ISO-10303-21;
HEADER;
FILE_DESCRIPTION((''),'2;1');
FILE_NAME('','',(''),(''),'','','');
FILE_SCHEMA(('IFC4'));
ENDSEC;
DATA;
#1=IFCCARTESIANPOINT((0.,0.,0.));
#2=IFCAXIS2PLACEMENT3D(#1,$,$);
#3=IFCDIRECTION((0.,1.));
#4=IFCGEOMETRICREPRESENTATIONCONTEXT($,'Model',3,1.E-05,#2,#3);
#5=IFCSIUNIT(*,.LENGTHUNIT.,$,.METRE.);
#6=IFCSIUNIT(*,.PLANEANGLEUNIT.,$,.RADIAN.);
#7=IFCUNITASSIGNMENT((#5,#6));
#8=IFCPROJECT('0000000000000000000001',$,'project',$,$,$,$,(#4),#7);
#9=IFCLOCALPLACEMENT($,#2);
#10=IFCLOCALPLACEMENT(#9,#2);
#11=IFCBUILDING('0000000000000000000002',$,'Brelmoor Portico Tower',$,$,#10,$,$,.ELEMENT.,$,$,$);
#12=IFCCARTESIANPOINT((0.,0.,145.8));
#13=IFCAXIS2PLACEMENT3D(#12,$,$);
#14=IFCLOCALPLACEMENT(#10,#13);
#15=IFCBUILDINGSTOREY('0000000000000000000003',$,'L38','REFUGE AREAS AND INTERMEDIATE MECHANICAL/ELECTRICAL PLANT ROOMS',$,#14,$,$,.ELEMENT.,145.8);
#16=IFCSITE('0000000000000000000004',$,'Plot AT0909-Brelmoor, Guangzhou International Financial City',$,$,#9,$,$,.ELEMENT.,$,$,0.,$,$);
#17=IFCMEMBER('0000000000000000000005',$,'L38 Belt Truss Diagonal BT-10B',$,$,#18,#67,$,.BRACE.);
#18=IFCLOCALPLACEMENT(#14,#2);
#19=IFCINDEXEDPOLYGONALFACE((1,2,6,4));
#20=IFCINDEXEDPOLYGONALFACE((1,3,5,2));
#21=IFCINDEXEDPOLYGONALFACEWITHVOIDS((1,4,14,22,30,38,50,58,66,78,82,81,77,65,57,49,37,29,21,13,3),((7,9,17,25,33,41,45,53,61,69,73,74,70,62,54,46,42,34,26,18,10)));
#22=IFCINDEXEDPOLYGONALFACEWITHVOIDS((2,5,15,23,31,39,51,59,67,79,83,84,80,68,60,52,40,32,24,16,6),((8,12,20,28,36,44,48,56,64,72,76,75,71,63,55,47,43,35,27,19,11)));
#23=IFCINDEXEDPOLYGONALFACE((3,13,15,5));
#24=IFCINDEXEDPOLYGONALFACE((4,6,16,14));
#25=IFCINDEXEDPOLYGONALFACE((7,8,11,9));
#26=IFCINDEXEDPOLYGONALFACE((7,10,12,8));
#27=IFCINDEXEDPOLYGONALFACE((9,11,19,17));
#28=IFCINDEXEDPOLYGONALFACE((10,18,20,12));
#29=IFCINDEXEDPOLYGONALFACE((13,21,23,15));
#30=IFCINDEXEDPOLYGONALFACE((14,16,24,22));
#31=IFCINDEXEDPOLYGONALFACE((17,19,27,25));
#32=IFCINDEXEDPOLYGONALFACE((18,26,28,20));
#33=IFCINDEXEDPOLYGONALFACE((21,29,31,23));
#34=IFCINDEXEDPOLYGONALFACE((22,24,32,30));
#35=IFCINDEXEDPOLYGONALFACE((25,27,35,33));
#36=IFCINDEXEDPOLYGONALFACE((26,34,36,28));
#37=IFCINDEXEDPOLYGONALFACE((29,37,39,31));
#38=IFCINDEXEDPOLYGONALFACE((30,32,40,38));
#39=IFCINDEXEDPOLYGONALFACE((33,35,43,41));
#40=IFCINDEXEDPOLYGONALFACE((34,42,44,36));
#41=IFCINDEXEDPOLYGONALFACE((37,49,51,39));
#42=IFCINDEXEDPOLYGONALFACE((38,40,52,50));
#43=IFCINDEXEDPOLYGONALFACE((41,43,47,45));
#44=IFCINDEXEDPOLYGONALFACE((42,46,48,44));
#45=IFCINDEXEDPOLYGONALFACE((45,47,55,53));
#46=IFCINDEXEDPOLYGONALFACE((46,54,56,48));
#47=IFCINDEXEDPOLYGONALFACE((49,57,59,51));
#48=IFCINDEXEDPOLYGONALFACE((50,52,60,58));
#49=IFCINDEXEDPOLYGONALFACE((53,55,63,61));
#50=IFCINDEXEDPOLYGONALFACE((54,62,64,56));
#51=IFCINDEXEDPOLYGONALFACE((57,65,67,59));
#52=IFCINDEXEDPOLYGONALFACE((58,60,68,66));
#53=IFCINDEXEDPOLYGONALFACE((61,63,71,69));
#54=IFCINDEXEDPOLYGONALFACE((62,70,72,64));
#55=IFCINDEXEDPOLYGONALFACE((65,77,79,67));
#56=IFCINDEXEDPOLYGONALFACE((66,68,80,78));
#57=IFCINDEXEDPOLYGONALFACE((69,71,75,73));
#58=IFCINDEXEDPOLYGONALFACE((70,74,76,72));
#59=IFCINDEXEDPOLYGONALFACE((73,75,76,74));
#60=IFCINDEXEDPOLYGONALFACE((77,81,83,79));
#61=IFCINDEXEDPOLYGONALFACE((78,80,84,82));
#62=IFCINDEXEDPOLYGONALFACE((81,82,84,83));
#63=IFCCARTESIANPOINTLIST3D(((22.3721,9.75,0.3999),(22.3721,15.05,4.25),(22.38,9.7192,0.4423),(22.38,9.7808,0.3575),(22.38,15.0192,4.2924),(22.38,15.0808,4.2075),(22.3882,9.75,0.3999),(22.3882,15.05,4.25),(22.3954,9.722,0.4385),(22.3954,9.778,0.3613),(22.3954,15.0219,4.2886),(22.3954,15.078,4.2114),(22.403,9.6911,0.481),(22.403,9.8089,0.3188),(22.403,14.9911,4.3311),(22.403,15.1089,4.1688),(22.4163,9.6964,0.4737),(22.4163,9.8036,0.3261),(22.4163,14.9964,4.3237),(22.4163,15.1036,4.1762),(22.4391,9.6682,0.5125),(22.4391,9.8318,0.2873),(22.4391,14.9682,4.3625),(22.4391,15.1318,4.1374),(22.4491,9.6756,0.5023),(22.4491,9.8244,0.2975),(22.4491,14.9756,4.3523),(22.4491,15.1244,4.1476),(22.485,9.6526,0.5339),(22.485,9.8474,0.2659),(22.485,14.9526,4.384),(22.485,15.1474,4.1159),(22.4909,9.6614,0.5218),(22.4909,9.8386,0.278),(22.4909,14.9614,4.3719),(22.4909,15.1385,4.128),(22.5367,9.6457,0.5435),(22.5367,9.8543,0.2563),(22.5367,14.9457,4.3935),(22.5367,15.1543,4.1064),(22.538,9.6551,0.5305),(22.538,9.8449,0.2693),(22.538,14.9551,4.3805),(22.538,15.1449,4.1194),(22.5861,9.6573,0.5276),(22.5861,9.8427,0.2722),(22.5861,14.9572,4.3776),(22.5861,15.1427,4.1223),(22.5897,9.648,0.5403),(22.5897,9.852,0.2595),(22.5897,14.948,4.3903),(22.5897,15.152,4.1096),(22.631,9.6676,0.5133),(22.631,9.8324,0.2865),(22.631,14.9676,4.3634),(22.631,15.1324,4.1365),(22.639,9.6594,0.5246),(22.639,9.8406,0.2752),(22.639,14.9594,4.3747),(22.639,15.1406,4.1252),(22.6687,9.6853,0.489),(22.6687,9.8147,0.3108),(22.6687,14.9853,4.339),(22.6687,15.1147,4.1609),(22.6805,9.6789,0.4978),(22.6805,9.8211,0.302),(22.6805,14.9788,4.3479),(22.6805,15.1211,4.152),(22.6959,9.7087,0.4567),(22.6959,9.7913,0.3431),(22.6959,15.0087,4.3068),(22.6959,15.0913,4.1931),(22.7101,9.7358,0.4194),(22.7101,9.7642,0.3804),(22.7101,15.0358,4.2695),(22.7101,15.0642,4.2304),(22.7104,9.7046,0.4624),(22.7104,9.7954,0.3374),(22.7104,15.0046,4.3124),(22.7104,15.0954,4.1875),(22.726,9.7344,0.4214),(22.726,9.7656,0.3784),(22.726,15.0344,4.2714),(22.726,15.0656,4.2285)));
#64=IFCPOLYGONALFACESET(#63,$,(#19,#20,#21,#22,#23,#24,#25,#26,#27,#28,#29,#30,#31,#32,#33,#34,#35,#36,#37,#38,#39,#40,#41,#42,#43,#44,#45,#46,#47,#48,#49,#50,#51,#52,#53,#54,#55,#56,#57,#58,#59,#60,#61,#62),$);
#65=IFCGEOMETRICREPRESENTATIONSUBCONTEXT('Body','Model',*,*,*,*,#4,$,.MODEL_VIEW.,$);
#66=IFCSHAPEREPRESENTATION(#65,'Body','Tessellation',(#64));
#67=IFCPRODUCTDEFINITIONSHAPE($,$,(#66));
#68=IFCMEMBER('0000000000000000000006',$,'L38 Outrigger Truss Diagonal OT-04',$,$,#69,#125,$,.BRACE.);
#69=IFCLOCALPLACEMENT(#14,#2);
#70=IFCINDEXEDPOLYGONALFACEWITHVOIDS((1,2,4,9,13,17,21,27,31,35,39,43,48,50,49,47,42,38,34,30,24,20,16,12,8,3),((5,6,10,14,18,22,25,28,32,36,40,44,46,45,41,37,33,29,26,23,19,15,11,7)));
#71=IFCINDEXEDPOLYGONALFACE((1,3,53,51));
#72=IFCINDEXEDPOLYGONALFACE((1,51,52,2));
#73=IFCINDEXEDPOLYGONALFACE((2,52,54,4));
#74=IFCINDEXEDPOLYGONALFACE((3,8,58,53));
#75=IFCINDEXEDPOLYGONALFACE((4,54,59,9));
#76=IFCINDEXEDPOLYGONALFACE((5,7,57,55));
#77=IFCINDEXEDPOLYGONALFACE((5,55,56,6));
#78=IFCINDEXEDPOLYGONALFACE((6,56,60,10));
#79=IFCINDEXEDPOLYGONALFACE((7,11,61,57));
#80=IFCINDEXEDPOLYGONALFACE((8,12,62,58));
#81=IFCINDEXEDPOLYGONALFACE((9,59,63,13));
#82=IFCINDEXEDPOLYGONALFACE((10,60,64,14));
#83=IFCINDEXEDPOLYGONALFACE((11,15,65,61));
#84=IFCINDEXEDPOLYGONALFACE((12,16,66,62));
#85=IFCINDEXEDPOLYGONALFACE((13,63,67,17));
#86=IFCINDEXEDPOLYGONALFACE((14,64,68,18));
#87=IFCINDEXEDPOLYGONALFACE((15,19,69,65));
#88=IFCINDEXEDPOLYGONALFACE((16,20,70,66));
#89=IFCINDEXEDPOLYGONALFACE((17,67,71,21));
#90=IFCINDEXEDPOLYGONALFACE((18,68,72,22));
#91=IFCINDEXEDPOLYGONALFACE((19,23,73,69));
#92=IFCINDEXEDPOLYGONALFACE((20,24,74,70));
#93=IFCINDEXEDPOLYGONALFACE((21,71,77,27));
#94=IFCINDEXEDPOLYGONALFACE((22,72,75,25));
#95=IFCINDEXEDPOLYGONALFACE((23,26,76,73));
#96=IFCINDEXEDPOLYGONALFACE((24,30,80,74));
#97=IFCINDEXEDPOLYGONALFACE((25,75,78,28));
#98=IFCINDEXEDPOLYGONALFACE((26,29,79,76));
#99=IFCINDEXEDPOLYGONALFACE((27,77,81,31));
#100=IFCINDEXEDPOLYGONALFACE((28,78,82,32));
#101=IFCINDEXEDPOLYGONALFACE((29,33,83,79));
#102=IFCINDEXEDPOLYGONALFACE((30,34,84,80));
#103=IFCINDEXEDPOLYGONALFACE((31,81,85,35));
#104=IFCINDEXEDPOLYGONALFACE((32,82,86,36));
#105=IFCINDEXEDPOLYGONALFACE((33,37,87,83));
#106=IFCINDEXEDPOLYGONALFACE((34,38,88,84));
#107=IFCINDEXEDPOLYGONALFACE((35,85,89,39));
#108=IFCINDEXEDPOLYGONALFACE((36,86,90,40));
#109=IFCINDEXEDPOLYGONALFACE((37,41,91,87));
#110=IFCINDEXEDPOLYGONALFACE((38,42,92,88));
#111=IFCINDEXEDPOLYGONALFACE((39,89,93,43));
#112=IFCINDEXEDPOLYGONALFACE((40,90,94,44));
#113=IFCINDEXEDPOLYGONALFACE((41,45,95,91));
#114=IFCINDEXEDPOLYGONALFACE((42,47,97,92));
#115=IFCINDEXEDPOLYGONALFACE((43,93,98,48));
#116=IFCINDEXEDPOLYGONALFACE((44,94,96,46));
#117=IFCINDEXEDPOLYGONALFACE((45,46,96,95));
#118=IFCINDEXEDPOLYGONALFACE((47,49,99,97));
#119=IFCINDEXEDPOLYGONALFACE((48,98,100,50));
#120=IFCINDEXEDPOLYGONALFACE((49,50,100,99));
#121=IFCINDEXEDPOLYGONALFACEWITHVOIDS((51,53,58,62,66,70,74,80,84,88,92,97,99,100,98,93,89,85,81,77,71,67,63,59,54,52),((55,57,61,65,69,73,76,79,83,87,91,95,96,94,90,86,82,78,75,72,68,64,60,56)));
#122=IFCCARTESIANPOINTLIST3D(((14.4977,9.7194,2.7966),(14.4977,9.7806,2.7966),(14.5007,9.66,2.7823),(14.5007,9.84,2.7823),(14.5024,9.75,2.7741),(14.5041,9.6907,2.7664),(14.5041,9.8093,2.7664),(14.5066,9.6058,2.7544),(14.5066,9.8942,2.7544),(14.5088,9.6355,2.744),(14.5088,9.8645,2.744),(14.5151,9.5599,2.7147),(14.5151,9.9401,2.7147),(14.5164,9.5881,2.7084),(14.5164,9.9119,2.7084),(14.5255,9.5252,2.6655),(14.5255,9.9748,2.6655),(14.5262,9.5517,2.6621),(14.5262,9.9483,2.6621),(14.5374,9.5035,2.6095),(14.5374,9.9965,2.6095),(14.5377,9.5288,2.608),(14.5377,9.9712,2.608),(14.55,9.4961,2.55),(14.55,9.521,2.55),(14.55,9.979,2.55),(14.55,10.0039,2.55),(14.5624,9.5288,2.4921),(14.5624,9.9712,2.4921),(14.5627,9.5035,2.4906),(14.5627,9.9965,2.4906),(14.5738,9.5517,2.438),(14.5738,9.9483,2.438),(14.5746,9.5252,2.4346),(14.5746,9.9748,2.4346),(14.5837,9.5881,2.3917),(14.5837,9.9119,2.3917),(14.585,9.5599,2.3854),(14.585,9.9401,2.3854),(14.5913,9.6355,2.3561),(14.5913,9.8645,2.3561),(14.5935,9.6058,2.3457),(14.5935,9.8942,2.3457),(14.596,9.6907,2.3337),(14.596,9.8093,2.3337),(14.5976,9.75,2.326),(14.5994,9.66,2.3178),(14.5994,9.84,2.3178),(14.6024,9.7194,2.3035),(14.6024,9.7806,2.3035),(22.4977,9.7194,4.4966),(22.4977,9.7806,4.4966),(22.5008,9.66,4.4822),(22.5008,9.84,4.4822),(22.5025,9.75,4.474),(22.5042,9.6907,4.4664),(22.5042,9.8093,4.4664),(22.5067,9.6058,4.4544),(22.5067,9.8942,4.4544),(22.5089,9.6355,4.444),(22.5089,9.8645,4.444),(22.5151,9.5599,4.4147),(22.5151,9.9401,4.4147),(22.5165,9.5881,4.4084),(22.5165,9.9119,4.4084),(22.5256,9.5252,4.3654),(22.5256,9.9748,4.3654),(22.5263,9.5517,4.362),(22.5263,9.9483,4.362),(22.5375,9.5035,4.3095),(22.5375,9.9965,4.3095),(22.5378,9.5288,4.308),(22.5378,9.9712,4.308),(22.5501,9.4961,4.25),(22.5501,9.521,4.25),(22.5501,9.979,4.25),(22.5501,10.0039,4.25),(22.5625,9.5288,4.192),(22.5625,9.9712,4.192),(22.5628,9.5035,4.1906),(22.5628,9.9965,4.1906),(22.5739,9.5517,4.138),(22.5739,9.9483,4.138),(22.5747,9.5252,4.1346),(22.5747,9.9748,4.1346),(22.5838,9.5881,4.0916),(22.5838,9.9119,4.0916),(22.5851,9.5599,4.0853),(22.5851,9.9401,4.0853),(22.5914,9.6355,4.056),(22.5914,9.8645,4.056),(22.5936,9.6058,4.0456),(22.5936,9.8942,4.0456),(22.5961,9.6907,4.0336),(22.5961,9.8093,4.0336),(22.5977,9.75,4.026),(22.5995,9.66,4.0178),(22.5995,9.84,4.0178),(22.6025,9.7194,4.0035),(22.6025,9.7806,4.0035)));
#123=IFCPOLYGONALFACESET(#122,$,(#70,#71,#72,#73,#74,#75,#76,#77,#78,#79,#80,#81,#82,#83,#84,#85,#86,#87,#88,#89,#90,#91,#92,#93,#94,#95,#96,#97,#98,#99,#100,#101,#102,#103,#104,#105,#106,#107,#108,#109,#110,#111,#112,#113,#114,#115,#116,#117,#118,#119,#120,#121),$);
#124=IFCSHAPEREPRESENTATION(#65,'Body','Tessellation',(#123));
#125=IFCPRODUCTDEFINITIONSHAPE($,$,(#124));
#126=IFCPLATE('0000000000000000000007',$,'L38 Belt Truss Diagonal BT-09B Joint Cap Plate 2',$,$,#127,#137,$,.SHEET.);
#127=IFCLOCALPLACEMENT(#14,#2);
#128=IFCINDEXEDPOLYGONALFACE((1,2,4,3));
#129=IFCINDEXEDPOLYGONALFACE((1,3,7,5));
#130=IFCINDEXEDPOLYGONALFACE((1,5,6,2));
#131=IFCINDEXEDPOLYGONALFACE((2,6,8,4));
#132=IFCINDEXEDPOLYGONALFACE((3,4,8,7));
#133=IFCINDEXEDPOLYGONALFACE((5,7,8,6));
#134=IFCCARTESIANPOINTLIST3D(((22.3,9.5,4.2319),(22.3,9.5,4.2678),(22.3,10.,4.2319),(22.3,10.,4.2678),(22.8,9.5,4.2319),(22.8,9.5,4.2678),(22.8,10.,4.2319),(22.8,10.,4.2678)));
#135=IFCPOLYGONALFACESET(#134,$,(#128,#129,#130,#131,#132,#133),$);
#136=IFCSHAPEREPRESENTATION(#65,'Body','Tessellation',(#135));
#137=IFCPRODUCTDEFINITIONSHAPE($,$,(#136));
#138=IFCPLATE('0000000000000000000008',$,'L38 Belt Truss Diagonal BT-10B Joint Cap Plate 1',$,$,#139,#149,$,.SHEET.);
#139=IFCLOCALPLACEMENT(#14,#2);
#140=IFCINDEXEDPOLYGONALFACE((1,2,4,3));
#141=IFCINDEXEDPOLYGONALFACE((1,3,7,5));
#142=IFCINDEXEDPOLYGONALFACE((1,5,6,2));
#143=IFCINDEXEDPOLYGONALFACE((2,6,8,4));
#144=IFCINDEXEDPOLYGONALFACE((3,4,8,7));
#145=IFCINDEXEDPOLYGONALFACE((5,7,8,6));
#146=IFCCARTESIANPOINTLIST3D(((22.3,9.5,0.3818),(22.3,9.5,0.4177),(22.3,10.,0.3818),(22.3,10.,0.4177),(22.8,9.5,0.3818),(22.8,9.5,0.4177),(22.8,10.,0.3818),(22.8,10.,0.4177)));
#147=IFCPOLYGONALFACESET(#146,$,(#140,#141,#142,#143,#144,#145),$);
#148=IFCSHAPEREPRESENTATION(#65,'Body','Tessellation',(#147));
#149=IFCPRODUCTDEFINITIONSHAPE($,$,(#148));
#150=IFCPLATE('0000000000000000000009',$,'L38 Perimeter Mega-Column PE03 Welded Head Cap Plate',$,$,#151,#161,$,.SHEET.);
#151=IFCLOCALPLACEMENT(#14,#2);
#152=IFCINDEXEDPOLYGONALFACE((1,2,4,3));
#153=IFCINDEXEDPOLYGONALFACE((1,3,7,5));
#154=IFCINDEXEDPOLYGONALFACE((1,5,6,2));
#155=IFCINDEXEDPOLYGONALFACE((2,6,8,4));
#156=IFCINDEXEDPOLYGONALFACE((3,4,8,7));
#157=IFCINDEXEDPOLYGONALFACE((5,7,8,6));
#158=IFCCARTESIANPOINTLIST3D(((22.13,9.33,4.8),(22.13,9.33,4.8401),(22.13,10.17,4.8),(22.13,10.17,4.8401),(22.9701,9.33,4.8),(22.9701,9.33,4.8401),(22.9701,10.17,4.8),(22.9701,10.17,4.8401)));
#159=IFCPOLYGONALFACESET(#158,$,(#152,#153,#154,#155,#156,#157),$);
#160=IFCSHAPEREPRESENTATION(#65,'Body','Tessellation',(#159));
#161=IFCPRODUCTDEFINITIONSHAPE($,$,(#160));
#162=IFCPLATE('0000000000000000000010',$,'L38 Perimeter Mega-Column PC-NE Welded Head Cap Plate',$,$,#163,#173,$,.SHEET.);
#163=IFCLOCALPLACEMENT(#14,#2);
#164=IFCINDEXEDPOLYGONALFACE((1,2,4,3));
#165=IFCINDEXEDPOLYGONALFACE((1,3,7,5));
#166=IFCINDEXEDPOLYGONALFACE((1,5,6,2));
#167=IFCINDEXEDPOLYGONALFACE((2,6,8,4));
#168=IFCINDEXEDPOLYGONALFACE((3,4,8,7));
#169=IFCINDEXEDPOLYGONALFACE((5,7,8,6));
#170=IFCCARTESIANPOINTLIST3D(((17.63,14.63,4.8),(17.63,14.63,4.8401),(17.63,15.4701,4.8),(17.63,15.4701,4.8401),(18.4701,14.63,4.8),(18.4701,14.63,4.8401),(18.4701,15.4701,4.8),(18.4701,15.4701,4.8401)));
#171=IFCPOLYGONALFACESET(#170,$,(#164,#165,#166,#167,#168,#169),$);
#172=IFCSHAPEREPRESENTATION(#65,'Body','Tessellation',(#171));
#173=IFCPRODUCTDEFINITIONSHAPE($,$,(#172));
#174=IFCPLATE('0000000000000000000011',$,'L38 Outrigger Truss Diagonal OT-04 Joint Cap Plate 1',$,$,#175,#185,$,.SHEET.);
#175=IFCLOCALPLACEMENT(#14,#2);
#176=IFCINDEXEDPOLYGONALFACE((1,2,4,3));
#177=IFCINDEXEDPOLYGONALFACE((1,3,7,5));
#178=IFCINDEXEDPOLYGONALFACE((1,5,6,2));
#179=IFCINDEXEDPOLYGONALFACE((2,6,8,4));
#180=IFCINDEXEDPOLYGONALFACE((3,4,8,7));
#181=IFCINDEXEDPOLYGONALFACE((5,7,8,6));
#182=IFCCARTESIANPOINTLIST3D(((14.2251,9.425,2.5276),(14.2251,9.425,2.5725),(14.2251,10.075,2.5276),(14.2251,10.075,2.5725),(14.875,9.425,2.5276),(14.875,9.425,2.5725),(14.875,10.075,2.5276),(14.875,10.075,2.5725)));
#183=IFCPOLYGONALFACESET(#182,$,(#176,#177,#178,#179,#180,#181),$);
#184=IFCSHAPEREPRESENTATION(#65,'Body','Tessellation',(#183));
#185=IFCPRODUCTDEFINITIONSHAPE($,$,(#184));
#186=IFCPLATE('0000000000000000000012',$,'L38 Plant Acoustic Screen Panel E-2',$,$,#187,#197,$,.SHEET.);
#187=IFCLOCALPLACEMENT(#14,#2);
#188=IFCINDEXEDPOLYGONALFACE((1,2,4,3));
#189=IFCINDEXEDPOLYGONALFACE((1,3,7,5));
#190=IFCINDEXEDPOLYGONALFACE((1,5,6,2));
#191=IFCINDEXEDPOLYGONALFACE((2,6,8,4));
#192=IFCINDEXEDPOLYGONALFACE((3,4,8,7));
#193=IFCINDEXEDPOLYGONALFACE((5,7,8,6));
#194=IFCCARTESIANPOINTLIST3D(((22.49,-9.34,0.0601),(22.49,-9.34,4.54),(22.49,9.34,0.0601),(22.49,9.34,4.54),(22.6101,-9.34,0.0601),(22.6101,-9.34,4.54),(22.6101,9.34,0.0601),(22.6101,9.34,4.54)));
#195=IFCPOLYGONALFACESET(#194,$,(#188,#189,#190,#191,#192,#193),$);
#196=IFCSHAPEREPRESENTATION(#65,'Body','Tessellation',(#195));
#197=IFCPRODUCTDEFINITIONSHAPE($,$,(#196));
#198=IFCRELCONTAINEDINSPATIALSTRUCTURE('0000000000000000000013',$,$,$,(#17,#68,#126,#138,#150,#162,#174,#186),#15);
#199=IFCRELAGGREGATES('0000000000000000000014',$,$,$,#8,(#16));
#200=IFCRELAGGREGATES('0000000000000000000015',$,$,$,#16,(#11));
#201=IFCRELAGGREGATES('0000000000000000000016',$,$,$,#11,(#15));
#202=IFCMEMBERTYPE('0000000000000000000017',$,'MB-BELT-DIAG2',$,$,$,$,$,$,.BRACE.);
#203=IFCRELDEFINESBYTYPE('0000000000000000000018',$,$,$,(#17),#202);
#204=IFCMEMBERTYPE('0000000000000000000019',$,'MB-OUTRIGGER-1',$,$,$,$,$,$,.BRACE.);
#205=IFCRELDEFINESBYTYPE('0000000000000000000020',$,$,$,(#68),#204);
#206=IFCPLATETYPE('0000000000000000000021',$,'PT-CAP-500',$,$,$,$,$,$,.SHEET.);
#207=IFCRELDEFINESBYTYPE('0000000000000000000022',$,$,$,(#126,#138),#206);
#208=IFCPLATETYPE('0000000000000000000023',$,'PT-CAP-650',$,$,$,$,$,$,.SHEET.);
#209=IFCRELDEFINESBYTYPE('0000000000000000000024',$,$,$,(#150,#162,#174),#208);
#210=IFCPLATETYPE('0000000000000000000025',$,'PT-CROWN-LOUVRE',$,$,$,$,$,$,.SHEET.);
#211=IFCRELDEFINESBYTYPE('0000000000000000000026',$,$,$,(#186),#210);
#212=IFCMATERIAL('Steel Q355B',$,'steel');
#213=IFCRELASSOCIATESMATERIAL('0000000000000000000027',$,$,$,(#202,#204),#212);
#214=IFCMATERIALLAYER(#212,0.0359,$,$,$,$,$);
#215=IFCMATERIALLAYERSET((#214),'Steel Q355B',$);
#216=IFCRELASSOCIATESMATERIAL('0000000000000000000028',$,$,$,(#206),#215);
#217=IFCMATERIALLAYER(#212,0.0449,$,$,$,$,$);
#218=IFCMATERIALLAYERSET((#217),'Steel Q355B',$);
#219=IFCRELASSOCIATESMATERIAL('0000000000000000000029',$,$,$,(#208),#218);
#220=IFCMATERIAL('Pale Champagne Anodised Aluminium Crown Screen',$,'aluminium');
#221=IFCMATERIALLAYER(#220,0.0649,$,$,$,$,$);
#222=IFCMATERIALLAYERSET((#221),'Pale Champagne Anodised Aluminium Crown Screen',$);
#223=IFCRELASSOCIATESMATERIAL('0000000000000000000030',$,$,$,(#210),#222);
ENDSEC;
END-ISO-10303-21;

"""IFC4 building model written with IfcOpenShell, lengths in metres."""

from ifc_helpers import new_model, si_unit, direction, frame, origin, origin_2d, place, context, subcontext, project, spatial, rectangle, hollow_circle, extrude, material, layer, layer_set, material_profile, profile_set, type_object, element, save


model = new_model("IFC4")

# Units and contexts
model_context = context("Model", 3, precision=1e-05, world=origin(), true_north=direction((0.0, 1.0)))
body_context = subcontext(model_context, "Body", "Model", "MODEL_VIEW")
ifc_project = project(units=[si_unit("LENGTHUNIT", "METRE"), si_unit("PLANEANGLEUNIT", "RADIAN")], contexts=[model_context])

# Site, building, storey
site_placement = place(None, origin())
site = spatial("IfcSite", under=ifc_project, at=site_placement, Name="Plot AT0909-Brelmoor, Guangzhou International Financial City", CompositionType="ELEMENT", RefElevation=0.0)
building_placement = place(site_placement, origin())
building = spatial("IfcBuilding", under=site, at=building_placement, Name="Brelmoor Portico Tower", CompositionType="ELEMENT")
storey_placement = place(building_placement, frame((0.0, 0.0, 145.8)))
storey = spatial("IfcBuildingStorey", under=building, at=storey_placement, Name="L38", Description="REFUGE AREAS AND INTERMEDIATE MECHANICAL/ELECTRICAL PLANT ROOMS", CompositionType="ELEMENT", Elevation=145.8)

# Shared definitions
ifc_material_1 = material(Name="Steel Q355B", Category="steel")

# Members
ifc_material_profile_1 = material_profile(ifc_material_1, hollow_circle(Radius=0.178, WallThickness=0.0161, at=origin_2d()), Name="CHS 356x16")
ifc_profile_set_1 = profile_set([ifc_material_profile_1], Name="Steel Q355B")
member_type_1 = type_object("IfcMemberType", Name="MB-BELT-DIAG2", PredefinedType="BRACE", material=ifc_profile_set_1)
member_1_placement = place(storey_placement, frame((22.55, 9.75, 0.3999), z_axis=(0.0, 0.809062, 0.587724), x_axis=(-1.0, 0.0, 0.0)))
element("IfcMember", 1, at=member_1_placement, inside=storey, type_object=member_type_1, Name="L38 Belt Truss Diagonal BT-10B", PredefinedType="BRACE", context=body_context, shape_type="SweptSolid", body=[
    extrude(hollow_circle(Radius=0.178, WallThickness=0.0161, at=origin_2d()), origin(), (0.0, 0.0, 1.0), 6.5508),
])
ifc_material_profile_2 = material_profile(ifc_material_1, hollow_circle(Radius=0.2539, WallThickness=0.0249, at=origin_2d()), Name="CHS 508x25")
ifc_profile_set_2 = profile_set([ifc_material_profile_2], Name="Steel Q355B")
member_type_2 = type_object("IfcMemberType", Name="MB-OUTRIGGER-1", PredefinedType="BRACE", material=ifc_profile_set_2)
member_2_placement = place(storey_placement, frame((14.55, 9.75, 2.55), z_axis=(0.97816, 0.0, 0.207853), x_axis=(0.0, 1.0, 0.0)))
element("IfcMember", 2, at=member_2_placement, inside=storey, type_object=member_type_2, Name="L38 Outrigger Truss Diagonal OT-04", PredefinedType="BRACE", context=body_context, shape_type="SweptSolid", body=[
    extrude(hollow_circle(Radius=0.2539, WallThickness=0.0249, at=origin_2d()), origin(), (0.0, 0.0, 1.0), 8.1787),
])

# Plates
ifc_layer_1 = layer(ifc_material_1, 0.0359)
ifc_layer_set_1 = layer_set([ifc_layer_1], Name="Steel Q355B")
plate_type_1 = type_object("IfcPlateType", Name="PT-CAP-500", PredefinedType="SHEET", material=ifc_layer_set_1)
for number, where, z_axis, x_axis, name in (
    (3, (22.55, 9.75, 4.2319), (0.0, 0.0, 1.0), (1.0, 0.0, 0.0), "L38 Belt Truss Diagonal BT-09B Joint Cap Plate 2"),
    (4, (22.55, 9.75, 0.3818), (0.0, 0.0, 1.0), (1.0, 0.0, 0.0), "L38 Belt Truss Diagonal BT-10B Joint Cap Plate 1"),
):
    element("IfcPlate", number, at=place(storey_placement, frame(where, z_axis=z_axis, x_axis=x_axis)), inside=storey, type_object=plate_type_1, Name=name, PredefinedType="SHEET", context=body_context, shape_type="SweptSolid", body=[
        extrude(rectangle(XDim=0.5, YDim=0.5, at=origin_2d()), origin(), (0.0, 0.0, 1.0), 0.0359),
    ])
ifc_layer_2 = layer(ifc_material_1, 0.0449)
ifc_layer_set_2 = layer_set([ifc_layer_2], Name="Steel Q355B")
plate_type_2 = type_object("IfcPlateType", Name="PT-CAP-650", PredefinedType="SHEET", material=ifc_layer_set_2)
for number, where, z_axis, x_axis, name in (
    (5, (22.55, 9.75, 4.8), (0.0, 0.0, 1.0), (0.0, 1.0, 0.0), "L38 Perimeter Mega-Column PE03 Welded Head Cap Plate"),
    (6, (18.05, 15.05, 4.8), (0.0, 0.0, 1.0), (1.0, 0.0, 0.0), "L38 Perimeter Mega-Column PC-NE Welded Head Cap Plate"),
):
    element("IfcPlate", number, at=place(storey_placement, frame(where, z_axis=z_axis, x_axis=x_axis)), inside=storey, type_object=plate_type_2, Name=name, PredefinedType="SHEET", context=body_context, shape_type="SweptSolid", body=[
        extrude(rectangle(XDim=0.8401, YDim=0.8401, at=origin_2d()), origin(), (0.0, 0.0, 1.0), 0.04),
    ])
plate_1_placement = place(storey_placement, frame((14.55, 9.75, 2.5276), z_axis=(0.0, 0.0, 1.0), x_axis=(1.0, 0.0, 0.0)))
element("IfcPlate", 7, at=plate_1_placement, inside=storey, type_object=plate_type_2, Name="L38 Outrigger Truss Diagonal OT-04 Joint Cap Plate 1", PredefinedType="SHEET", context=body_context, shape_type="SweptSolid", body=[
    extrude(rectangle(XDim=0.6499, YDim=0.6499, at=origin_2d()), origin(), (0.0, 0.0, 1.0), 0.0449),
])
ifc_material_2 = material(Name="Pale Champagne Anodised Aluminium Crown Screen", Category="aluminium")
ifc_layer_3 = layer(ifc_material_2, 0.0649)
ifc_layer_set_3 = layer_set([ifc_layer_3], Name="Pale Champagne Anodised Aluminium Crown Screen")
plate_type_3 = type_object("IfcPlateType", Name="PT-CROWN-LOUVRE", PredefinedType="SHEET", material=ifc_layer_set_3)
plate_2_placement = place(storey_placement, frame((22.55, 0.0, 0.0601), z_axis=(0.0, 0.0, 1.0), x_axis=(0.0, 1.0, 0.0)))
element("IfcPlate", 8, at=plate_2_placement, inside=storey, type_object=plate_type_3, Name="L38 Plant Acoustic Screen Panel E-2", PredefinedType="SHEET", context=body_context, shape_type="SweptSolid", body=[
    extrude(rectangle(XDim=18.6799, YDim=0.1201, at=origin_2d()), origin(), (0.0, 0.0, 1.0), 4.48),
])

save(model, "model.ifc")
